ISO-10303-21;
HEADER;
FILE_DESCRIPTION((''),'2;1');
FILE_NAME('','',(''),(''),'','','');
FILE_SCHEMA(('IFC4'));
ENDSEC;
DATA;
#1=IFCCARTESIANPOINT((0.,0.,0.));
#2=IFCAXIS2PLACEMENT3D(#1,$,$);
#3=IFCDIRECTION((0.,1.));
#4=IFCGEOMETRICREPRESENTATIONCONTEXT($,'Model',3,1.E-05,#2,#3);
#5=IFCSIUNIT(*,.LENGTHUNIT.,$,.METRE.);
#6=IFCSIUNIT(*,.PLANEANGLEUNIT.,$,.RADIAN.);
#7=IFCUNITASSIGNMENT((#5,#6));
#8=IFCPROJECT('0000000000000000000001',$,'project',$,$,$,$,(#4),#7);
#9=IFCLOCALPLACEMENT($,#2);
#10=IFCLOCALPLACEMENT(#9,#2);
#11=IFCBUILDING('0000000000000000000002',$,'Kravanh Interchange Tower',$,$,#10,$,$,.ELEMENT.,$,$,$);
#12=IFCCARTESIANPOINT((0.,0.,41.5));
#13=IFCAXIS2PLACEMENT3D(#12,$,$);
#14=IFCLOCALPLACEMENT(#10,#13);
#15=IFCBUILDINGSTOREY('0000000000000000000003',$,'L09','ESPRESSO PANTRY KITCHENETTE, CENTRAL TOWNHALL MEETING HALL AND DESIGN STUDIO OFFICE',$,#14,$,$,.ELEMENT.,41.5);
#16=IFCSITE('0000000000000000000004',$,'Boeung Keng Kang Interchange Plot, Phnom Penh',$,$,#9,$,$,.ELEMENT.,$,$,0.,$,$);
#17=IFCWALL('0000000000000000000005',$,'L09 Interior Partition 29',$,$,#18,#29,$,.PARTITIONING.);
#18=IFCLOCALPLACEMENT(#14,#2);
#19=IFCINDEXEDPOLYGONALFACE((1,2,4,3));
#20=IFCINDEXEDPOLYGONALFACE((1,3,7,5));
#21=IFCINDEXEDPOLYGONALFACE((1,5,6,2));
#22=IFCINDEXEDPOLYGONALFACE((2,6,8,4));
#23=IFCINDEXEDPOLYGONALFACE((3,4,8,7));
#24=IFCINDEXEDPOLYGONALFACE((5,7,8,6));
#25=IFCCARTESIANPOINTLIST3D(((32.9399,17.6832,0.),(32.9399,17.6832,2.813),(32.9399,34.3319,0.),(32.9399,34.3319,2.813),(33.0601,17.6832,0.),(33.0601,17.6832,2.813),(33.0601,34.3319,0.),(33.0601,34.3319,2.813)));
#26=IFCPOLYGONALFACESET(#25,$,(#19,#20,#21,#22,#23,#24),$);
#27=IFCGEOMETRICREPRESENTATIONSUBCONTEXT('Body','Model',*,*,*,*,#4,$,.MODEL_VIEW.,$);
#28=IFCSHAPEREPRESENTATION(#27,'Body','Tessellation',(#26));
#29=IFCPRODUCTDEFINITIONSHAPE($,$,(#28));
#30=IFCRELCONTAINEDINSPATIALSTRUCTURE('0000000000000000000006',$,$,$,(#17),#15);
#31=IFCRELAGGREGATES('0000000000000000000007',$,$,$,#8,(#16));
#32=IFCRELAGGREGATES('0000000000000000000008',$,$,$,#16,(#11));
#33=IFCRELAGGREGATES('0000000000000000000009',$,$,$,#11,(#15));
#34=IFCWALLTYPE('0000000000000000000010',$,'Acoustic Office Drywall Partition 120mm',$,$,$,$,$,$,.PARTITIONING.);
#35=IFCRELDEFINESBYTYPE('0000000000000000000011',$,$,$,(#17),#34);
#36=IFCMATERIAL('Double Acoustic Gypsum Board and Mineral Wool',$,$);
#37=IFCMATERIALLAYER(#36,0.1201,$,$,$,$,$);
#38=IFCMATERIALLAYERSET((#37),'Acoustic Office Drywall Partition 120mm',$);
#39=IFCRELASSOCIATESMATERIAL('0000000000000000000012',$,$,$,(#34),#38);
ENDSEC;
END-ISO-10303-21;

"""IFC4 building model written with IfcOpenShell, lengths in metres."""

from ifc_helpers import new_model, si_unit, direction, frame, frame_2d, origin, place, context, subcontext, project, spatial, rectangle, extrude, material, layer, layer_set, type_object, element, save


model = new_model("IFC4")

# Units and contexts
model_context = context("Model", 3, precision=1e-05, world=origin(), true_north=direction((0.0, 1.0)))
body_context = subcontext(model_context, "Body", "Model", "MODEL_VIEW")
ifc_project = project(units=[si_unit("LENGTHUNIT", "METRE"), si_unit("PLANEANGLEUNIT", "RADIAN")], contexts=[model_context])

# Site, building, storey
site_placement = place(None, origin())
site = spatial("IfcSite", under=ifc_project, at=site_placement, Name="Boeung Keng Kang Interchange Plot, Phnom Penh", CompositionType="ELEMENT", RefElevation=0.0)
building_placement = place(site_placement, origin())
building = spatial("IfcBuilding", under=site, at=building_placement, Name="Kravanh Interchange Tower", CompositionType="ELEMENT")
storey_placement = place(building_placement, frame((0.0, 0.0, 41.5)))
storey = spatial("IfcBuildingStorey", under=building, at=storey_placement, Name="L09", Description="ESPRESSO PANTRY KITCHENETTE, CENTRAL TOWNHALL MEETING HALL AND DESIGN STUDIO OFFICE", CompositionType="ELEMENT", Elevation=41.5)

# Wall
ifc_material_1 = material(Name="Double Acoustic Gypsum Board and Mineral Wool")
ifc_layer_1 = layer(ifc_material_1, 0.1201)
ifc_layer_set_1 = layer_set([ifc_layer_1], Name="Acoustic Office Drywall Partition 120mm")
wall_type = type_object("IfcWallType", Name="Acoustic Office Drywall Partition 120mm", PredefinedType="PARTITIONING", material=ifc_layer_set_1)
wall_placement = place(storey_placement, frame((33.0, 17.6833, 0.0), z_axis=(0.0, 0.0, 1.0), x_axis=(0.0, 1.0, 0.0)))
element("IfcWall", 1, at=wall_placement, inside=storey, type_object=wall_type, Name="L09 Interior Partition 29", PredefinedType="PARTITIONING", context=body_context, shape_type="SweptSolid", body=[
    extrude(rectangle(XDim=16.6487, YDim=0.1201, at=frame_2d((8.3242, 0.0))), origin(), (0.0, 0.0, 1.0), 2.813),
])

save(model, "model.ifc")
